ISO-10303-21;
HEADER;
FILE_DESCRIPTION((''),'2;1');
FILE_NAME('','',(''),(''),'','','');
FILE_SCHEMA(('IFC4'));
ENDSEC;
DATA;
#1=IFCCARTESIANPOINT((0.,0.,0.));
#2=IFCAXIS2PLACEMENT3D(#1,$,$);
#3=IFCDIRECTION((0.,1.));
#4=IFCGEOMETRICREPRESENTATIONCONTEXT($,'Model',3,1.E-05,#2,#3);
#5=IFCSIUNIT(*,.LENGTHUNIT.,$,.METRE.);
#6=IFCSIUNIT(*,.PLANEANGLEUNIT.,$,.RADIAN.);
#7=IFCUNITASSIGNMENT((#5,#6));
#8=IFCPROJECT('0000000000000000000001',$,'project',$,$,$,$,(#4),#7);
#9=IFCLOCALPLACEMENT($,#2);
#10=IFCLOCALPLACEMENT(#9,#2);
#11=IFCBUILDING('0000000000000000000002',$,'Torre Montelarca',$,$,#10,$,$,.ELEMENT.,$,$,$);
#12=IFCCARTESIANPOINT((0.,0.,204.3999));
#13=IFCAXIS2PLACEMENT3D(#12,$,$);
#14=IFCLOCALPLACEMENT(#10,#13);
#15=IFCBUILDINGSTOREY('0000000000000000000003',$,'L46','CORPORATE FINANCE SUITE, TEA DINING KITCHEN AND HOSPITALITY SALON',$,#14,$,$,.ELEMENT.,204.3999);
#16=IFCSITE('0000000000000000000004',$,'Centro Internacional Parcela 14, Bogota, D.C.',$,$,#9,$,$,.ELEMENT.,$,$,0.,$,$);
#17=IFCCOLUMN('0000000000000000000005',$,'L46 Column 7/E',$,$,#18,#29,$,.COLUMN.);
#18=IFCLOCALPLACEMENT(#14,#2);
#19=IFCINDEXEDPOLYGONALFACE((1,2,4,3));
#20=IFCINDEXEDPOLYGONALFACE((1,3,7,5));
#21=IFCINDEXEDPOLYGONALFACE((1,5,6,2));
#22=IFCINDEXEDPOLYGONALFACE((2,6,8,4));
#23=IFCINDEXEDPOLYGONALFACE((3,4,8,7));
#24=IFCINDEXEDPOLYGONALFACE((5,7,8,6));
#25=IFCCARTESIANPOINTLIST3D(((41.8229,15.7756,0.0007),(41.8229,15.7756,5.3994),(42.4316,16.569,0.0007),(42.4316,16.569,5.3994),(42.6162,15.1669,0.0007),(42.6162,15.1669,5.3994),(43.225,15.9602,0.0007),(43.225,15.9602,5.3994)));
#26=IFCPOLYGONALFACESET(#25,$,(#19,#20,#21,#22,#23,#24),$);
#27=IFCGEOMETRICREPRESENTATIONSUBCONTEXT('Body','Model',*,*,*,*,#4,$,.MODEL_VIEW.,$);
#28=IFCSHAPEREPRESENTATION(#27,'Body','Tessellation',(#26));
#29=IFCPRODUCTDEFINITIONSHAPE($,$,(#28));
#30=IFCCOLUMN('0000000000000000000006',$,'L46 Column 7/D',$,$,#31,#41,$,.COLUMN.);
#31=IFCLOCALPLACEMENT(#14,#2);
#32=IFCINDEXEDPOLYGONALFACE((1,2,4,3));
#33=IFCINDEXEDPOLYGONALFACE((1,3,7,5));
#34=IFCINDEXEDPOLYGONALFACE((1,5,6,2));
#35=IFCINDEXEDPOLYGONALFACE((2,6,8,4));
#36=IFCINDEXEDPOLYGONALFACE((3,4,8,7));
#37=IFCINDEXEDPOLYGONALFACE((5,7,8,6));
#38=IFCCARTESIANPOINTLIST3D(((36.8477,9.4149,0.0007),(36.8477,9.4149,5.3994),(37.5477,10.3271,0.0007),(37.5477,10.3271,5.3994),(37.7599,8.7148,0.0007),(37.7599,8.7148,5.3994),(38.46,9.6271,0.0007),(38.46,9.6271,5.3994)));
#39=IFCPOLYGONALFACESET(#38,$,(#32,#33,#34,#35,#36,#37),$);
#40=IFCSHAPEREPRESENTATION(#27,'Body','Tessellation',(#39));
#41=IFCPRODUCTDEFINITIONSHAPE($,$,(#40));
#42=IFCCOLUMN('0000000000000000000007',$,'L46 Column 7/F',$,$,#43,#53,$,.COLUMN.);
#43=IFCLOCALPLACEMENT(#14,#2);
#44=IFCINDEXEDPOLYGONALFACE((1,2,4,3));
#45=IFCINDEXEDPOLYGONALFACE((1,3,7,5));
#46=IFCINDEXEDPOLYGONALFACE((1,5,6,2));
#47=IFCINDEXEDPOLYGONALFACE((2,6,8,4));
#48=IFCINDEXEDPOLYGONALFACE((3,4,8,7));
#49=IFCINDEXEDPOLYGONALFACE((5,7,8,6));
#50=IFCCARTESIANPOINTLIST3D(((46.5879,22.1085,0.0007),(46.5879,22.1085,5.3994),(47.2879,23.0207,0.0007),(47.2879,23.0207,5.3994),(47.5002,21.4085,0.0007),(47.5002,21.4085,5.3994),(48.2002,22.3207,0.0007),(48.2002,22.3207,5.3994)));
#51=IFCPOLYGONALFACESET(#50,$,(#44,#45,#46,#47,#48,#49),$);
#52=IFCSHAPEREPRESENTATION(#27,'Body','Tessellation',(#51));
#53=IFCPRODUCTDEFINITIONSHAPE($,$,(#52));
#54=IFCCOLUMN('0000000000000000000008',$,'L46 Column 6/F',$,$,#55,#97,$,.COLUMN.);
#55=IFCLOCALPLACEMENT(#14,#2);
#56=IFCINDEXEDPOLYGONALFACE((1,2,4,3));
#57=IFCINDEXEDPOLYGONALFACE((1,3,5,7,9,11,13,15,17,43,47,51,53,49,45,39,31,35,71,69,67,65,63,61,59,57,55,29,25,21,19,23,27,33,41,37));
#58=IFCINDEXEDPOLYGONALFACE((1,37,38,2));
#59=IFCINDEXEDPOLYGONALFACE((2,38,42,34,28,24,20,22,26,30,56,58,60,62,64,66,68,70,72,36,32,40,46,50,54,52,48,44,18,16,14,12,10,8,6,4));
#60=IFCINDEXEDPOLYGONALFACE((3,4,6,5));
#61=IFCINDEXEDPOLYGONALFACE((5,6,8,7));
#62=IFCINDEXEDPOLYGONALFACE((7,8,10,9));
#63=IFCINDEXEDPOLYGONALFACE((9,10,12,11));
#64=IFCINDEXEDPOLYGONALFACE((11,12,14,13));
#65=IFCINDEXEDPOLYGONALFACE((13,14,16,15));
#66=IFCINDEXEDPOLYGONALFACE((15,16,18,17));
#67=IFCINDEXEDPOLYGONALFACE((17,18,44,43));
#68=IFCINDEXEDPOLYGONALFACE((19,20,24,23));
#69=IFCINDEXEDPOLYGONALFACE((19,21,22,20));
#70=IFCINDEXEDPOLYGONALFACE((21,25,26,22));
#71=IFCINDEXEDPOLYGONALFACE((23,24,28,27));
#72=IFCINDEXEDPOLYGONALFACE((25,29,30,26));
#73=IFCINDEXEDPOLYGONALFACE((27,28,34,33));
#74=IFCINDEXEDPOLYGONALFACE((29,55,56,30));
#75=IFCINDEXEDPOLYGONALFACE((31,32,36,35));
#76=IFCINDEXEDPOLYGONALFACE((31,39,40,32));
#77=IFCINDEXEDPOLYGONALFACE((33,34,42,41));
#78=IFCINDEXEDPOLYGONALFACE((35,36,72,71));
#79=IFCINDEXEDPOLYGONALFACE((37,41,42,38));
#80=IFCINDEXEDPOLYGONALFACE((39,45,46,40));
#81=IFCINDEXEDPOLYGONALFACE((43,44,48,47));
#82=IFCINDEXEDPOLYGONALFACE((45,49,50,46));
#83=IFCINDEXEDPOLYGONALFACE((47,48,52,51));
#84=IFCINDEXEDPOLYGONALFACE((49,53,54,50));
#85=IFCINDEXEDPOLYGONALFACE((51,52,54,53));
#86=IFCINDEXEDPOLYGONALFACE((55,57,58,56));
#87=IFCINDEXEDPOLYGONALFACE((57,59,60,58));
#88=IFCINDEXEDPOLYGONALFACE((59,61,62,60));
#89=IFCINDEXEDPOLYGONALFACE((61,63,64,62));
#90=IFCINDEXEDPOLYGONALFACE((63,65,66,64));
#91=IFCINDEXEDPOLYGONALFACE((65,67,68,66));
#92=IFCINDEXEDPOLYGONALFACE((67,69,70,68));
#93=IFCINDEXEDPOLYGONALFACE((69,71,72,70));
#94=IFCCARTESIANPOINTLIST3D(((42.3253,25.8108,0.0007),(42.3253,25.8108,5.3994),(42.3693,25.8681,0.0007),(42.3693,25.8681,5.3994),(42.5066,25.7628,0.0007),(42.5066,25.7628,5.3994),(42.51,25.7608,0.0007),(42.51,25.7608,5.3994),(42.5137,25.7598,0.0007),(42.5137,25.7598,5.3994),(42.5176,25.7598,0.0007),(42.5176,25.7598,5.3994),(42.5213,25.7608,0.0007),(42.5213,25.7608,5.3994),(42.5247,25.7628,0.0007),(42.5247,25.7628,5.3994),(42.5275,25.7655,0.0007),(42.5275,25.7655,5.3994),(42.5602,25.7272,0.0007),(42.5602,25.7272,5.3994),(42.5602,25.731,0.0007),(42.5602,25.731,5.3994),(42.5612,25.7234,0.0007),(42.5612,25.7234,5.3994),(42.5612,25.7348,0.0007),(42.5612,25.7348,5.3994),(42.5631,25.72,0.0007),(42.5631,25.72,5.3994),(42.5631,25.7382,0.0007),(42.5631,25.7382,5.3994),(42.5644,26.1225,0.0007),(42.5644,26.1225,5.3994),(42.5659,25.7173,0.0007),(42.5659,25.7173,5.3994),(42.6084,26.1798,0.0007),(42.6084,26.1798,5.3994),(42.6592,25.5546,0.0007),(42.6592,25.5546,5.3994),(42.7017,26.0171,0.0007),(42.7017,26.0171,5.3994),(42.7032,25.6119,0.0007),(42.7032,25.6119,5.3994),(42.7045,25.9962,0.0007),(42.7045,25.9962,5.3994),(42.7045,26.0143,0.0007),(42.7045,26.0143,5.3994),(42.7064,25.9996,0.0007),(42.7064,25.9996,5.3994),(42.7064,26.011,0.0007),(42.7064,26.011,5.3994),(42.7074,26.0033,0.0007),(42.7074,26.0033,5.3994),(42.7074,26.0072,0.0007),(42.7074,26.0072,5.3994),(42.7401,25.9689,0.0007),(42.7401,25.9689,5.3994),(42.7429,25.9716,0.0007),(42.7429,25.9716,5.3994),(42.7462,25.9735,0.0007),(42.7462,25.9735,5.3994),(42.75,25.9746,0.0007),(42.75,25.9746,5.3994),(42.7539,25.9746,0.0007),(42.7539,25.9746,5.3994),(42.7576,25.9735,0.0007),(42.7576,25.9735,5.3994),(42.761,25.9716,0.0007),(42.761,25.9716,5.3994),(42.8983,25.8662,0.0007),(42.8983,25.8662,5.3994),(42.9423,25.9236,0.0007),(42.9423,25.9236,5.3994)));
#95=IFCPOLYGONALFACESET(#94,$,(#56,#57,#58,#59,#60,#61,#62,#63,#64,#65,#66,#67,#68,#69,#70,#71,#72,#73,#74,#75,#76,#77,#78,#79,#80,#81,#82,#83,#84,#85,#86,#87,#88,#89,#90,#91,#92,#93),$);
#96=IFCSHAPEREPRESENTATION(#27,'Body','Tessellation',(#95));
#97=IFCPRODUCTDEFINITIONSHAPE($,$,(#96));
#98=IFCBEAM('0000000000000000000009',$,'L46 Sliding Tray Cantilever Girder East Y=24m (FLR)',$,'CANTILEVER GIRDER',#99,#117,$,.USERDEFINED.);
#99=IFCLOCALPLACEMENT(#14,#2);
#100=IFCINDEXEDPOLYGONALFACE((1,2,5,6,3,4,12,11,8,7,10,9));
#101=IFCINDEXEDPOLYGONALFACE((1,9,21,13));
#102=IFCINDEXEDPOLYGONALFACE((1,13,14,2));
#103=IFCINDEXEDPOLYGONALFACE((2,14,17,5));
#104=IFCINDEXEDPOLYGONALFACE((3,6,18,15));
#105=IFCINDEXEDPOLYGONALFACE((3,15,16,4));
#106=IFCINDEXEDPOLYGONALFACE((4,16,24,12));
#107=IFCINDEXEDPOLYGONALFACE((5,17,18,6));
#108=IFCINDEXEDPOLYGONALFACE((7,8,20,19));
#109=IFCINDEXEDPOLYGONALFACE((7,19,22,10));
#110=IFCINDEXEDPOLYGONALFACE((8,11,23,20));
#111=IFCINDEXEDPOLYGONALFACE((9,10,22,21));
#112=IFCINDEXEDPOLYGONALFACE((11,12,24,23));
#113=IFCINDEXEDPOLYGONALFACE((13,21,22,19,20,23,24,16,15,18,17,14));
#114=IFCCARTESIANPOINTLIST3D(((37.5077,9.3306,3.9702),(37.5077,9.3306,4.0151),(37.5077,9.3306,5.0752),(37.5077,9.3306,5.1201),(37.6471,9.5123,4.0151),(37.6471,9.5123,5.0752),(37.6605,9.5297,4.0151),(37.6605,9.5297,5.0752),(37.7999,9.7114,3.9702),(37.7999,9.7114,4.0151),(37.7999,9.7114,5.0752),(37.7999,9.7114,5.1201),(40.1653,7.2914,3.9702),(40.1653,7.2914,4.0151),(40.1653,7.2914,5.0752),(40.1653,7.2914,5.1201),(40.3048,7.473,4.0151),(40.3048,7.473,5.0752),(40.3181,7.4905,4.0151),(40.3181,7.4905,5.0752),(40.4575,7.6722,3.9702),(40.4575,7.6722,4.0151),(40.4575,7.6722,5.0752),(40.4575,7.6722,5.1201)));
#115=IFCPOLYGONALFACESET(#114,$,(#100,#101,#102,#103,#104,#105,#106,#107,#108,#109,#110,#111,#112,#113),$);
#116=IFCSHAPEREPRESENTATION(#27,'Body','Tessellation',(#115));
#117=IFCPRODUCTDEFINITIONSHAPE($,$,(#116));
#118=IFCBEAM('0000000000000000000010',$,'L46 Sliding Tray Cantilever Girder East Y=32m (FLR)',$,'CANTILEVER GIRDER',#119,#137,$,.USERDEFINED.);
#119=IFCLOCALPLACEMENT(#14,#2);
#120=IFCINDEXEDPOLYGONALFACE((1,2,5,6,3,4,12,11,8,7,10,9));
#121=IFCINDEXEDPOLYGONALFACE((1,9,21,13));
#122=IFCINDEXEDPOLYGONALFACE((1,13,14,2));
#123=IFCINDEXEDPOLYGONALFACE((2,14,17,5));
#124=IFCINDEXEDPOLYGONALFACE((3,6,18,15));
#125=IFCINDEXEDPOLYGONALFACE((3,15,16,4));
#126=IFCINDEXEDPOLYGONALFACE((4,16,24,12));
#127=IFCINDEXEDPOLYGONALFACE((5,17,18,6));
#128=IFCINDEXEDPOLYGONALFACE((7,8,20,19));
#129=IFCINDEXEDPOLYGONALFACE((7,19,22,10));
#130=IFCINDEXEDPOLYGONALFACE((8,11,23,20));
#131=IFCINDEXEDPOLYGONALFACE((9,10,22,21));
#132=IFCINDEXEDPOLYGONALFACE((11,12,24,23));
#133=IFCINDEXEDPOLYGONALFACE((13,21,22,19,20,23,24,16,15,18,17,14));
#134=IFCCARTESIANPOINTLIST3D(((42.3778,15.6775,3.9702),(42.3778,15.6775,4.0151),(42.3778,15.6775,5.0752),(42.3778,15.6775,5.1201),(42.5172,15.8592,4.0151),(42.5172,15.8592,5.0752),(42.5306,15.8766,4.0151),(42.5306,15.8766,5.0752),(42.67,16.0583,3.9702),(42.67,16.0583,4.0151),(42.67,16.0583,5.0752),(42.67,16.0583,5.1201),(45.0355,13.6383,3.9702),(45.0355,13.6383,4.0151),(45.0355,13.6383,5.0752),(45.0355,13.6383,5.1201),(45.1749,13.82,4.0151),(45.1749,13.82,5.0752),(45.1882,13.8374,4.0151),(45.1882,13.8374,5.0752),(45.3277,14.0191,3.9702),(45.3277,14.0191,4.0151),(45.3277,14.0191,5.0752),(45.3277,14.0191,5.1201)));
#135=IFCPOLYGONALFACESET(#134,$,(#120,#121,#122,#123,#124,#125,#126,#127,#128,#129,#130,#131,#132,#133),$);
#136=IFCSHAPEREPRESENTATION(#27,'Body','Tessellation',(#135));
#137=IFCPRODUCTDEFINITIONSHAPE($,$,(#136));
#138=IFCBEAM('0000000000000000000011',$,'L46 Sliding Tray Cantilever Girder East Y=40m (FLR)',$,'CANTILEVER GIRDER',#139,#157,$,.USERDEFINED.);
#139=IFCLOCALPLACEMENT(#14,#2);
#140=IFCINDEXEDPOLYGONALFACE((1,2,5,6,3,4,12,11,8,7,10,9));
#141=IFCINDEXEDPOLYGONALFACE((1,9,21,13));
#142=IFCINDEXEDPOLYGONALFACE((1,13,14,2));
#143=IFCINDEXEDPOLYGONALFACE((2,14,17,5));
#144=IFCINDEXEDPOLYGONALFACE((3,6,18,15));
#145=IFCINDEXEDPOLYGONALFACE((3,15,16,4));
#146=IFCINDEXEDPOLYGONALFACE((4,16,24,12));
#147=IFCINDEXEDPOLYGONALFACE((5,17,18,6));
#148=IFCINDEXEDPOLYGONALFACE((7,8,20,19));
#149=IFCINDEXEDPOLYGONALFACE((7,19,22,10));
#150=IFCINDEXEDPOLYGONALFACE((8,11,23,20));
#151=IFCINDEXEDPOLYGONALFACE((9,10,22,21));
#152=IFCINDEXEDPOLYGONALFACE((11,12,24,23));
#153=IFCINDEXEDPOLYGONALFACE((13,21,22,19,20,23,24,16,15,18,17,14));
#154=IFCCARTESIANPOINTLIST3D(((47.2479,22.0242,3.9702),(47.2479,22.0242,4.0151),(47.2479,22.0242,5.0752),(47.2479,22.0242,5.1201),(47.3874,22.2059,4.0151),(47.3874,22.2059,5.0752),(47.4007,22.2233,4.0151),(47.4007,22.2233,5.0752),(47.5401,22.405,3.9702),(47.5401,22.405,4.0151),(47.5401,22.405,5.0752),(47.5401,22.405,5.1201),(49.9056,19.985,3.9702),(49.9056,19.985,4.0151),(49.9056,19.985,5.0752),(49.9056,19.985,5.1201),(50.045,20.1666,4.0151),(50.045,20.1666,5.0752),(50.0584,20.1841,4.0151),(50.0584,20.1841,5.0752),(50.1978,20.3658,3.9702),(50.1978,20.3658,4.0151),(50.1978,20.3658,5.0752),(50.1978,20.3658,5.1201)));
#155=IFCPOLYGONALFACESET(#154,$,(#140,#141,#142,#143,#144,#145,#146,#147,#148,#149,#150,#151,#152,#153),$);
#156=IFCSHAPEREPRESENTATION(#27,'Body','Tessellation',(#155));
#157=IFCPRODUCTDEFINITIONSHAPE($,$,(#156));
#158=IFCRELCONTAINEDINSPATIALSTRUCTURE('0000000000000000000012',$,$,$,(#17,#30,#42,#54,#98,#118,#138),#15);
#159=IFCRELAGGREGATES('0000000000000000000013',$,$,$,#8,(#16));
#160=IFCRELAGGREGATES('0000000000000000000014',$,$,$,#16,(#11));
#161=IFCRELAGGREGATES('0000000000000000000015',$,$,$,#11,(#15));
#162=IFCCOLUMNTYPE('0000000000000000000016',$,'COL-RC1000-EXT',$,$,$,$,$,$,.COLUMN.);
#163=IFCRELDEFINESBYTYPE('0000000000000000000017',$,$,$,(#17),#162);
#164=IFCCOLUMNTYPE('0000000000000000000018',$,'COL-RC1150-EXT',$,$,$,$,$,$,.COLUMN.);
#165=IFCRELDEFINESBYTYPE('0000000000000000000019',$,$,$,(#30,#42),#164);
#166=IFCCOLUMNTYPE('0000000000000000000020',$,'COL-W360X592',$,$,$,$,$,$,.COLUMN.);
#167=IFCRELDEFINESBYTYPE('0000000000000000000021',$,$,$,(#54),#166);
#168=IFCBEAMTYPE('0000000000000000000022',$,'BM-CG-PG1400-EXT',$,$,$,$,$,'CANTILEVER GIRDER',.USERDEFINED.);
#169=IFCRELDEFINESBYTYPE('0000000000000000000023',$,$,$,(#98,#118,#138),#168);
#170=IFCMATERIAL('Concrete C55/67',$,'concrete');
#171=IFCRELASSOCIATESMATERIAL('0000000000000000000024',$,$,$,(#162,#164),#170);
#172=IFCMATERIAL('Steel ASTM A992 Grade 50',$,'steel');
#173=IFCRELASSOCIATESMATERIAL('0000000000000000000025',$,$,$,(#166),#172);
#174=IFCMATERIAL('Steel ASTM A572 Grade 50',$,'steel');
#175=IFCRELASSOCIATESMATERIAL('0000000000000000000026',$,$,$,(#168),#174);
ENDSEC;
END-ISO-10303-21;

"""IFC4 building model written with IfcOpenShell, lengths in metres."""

from ifc_helpers import new_model, si_unit, direction, frame, origin, origin_2d, place, context, subcontext, project, spatial, rectangle, i_section, extrude, source, transform, mapped, material, material_profile, profile_set, type_object, element, save


model = new_model("IFC4")

# Units and contexts
model_context = context("Model", 3, precision=1e-05, world=origin(), true_north=direction((0.0, 1.0)))
body_context = subcontext(model_context, "Body", "Model", "MODEL_VIEW")
ifc_project = project(units=[si_unit("LENGTHUNIT", "METRE"), si_unit("PLANEANGLEUNIT", "RADIAN")], contexts=[model_context])

# Site, building, storey
site_placement = place(None, origin())
site = spatial("IfcSite", under=ifc_project, at=site_placement, Name="Centro Internacional Parcela 14, Bogota, D.C.", CompositionType="ELEMENT", RefElevation=0.0)
building_placement = place(site_placement, origin())
building = spatial("IfcBuilding", under=site, at=building_placement, Name="Torre Montelarca", CompositionType="ELEMENT")
storey_placement = place(building_placement, frame((0.0, 0.0, 204.3999)))
storey = spatial("IfcBuildingStorey", under=building, at=storey_placement, Name="L46", Description="CORPORATE FINANCE SUITE, TEA DINING KITCHEN AND HOSPITALITY SALON", CompositionType="ELEMENT", Elevation=204.3999)

# Columns
ifc_material_1 = material(Name="Concrete C55/67", Category="concrete")
ifc_material_profile_1 = material_profile(ifc_material_1, rectangle(XDim=1.0, YDim=1.0, at=origin_2d()), Name="RC1000X1000", Category="concrete")
ifc_profile_set_1 = profile_set([ifc_material_profile_1], Name="Concrete C55/67")
column_type_1 = type_object("IfcColumnType", Name="COL-RC1000-EXT", PredefinedType="COLUMN", material=ifc_profile_set_1)
shared_shape_1 = source(origin(), body_context, "Body", "SweptSolid", [
    extrude(rectangle(XDim=1.0, YDim=1.0, at=origin_2d()), origin(), (0.0, 0.0, 1.0), 5.3987),
])
column_1_placement = place(storey_placement, frame((42.5239, 15.8679, 0.0007), z_axis=(0.0, 0.0, 1.0), x_axis=(-0.793353, 0.608761, 0.0)))
element("IfcColumn", 1, at=column_1_placement, inside=storey, type_object=column_type_1, Name="L46 Column 7/E", PredefinedType="COLUMN", context=body_context, shape_type="MappedRepresentation", body=[
    mapped(shared_shape_1, transform((0.0, 0.0, 0.0), scale=1.0)),
])
ifc_material_profile_2 = material_profile(ifc_material_1, rectangle(XDim=1.1499, YDim=1.1499, at=origin_2d()), Name="RC1150X1150", Category="concrete")
ifc_profile_set_2 = profile_set([ifc_material_profile_2], Name="Concrete C55/67")
column_type_2 = type_object("IfcColumnType", Name="COL-RC1150-EXT", PredefinedType="COLUMN", material=ifc_profile_set_2)
shared_shape_2 = source(origin(), body_context, "Body", "SweptSolid", [
    extrude(rectangle(XDim=1.1499, YDim=1.1499, at=origin_2d()), origin(), (0.0, 0.0, 1.0), 5.3987),
])
for number, where, z_axis, x_axis, name in (
    (2, (37.6538, 9.521, 0.0007), (0.0, 0.0, 1.0), (-0.793353, 0.608761, 0.0), "L46 Column 7/D"),
    (3, (47.394, 22.2146, 0.0007), (0.0, 0.0, 1.0), (-0.793353, 0.608761, 0.0), "L46 Column 7/F"),
):
    element("IfcColumn", number, at=place(storey_placement, frame(where, z_axis=z_axis, x_axis=x_axis)), inside=storey, type_object=column_type_2, Name=name, PredefinedType="COLUMN", context=body_context, shape_type="MappedRepresentation", body=[
        mapped(shared_shape_2, transform((0.0, 0.0, 0.0), scale=1.0)),
    ])
ifc_material_2 = material(Name="Steel ASTM A992 Grade 50", Category="steel")
ifc_material_profile_3 = material_profile(ifc_material_2, i_section(OverallWidth=0.4209, OverallDepth=0.4651, WebThickness=0.0449, FlangeThickness=0.0723, FilletRadius=0.0149, at=origin_2d()), Name="W360X592", Category="steel")
ifc_profile_set_3 = profile_set([ifc_material_profile_3], Name="Steel ASTM A992 Grade 50")
column_type_3 = type_object("IfcColumnType", Name="COL-W360X592", PredefinedType="COLUMN", material=ifc_profile_set_3)
shared_shape_3 = source(origin(), body_context, "Body", "SweptSolid", [
    extrude(i_section(OverallWidth=0.4209, OverallDepth=0.4651, WebThickness=0.0449, FlangeThickness=0.0723, FilletRadius=0.0149, at=origin_2d()), origin(), (0.0, 0.0, 1.0), 5.3987),
])
column_2_placement = place(storey_placement, frame((42.6338, 25.8672, 0.0007), z_axis=(0.0, 0.0, 1.0), x_axis=(-0.793353, 0.608761, 0.0)))
element("IfcColumn", 4, at=column_2_placement, inside=storey, type_object=column_type_3, Name="L46 Column 6/F", PredefinedType="COLUMN", context=body_context, shape_type="MappedRepresentation", body=[
    mapped(shared_shape_3, transform((0.0, 0.0, 0.0), scale=1.0)),
])

# Beams
ifc_material_3 = material(Name="Steel ASTM A572 Grade 50", Category="steel")
ifc_material_profile_4 = material_profile(ifc_material_3, i_section(OverallWidth=0.48, OverallDepth=1.1499, WebThickness=0.022, FlangeThickness=0.0449, at=origin_2d()), Name="PG1150X480X22X45", Category="steel")
ifc_profile_set_4 = profile_set([ifc_material_profile_4], Name="Steel ASTM A572 Grade 50")
beam_type_1 = type_object("IfcBeamType", Name="BM-CG-PG1400-EXT", ElementType="CANTILEVER GIRDER", PredefinedType="USERDEFINED", material=ifc_profile_set_4)
shared_shape_4 = source(origin(), body_context, "Body", "SweptSolid", [
    extrude(i_section(OverallWidth=0.48, OverallDepth=1.1499, WebThickness=0.022, FlangeThickness=0.0449, at=origin_2d()), origin(), (0.0, 0.0, 1.0), 3.3499),
])
for number, where, z_axis, x_axis, name in (
    (5, (37.6538, 9.521, 4.5452), (0.793358, -0.608756, 0.0), (0.608756, 0.793358, 0.0), "L46 Sliding Tray Cantilever Girder East Y=24m (FLR)"),
    (6, (42.5239, 15.8679, 4.5452), (0.793358, -0.608756, 0.0), (0.608756, 0.793358, 0.0), "L46 Sliding Tray Cantilever Girder East Y=32m (FLR)"),
    (7, (47.394, 22.2146, 4.5452), (0.793358, -0.608756, 0.0), (0.608756, 0.793358, 0.0), "L46 Sliding Tray Cantilever Girder East Y=40m (FLR)"),
):
    element("IfcBeam", number, at=place(storey_placement, frame(where, z_axis=z_axis, x_axis=x_axis)), inside=storey, type_object=beam_type_1, Name=name, ObjectType="CANTILEVER GIRDER", PredefinedType="USERDEFINED", context=body_context, shape_type="MappedRepresentation", body=[
        mapped(shared_shape_4, transform((0.0, 0.0, 0.0), scale=1.0)),
    ])

save(model, "model.ifc")
